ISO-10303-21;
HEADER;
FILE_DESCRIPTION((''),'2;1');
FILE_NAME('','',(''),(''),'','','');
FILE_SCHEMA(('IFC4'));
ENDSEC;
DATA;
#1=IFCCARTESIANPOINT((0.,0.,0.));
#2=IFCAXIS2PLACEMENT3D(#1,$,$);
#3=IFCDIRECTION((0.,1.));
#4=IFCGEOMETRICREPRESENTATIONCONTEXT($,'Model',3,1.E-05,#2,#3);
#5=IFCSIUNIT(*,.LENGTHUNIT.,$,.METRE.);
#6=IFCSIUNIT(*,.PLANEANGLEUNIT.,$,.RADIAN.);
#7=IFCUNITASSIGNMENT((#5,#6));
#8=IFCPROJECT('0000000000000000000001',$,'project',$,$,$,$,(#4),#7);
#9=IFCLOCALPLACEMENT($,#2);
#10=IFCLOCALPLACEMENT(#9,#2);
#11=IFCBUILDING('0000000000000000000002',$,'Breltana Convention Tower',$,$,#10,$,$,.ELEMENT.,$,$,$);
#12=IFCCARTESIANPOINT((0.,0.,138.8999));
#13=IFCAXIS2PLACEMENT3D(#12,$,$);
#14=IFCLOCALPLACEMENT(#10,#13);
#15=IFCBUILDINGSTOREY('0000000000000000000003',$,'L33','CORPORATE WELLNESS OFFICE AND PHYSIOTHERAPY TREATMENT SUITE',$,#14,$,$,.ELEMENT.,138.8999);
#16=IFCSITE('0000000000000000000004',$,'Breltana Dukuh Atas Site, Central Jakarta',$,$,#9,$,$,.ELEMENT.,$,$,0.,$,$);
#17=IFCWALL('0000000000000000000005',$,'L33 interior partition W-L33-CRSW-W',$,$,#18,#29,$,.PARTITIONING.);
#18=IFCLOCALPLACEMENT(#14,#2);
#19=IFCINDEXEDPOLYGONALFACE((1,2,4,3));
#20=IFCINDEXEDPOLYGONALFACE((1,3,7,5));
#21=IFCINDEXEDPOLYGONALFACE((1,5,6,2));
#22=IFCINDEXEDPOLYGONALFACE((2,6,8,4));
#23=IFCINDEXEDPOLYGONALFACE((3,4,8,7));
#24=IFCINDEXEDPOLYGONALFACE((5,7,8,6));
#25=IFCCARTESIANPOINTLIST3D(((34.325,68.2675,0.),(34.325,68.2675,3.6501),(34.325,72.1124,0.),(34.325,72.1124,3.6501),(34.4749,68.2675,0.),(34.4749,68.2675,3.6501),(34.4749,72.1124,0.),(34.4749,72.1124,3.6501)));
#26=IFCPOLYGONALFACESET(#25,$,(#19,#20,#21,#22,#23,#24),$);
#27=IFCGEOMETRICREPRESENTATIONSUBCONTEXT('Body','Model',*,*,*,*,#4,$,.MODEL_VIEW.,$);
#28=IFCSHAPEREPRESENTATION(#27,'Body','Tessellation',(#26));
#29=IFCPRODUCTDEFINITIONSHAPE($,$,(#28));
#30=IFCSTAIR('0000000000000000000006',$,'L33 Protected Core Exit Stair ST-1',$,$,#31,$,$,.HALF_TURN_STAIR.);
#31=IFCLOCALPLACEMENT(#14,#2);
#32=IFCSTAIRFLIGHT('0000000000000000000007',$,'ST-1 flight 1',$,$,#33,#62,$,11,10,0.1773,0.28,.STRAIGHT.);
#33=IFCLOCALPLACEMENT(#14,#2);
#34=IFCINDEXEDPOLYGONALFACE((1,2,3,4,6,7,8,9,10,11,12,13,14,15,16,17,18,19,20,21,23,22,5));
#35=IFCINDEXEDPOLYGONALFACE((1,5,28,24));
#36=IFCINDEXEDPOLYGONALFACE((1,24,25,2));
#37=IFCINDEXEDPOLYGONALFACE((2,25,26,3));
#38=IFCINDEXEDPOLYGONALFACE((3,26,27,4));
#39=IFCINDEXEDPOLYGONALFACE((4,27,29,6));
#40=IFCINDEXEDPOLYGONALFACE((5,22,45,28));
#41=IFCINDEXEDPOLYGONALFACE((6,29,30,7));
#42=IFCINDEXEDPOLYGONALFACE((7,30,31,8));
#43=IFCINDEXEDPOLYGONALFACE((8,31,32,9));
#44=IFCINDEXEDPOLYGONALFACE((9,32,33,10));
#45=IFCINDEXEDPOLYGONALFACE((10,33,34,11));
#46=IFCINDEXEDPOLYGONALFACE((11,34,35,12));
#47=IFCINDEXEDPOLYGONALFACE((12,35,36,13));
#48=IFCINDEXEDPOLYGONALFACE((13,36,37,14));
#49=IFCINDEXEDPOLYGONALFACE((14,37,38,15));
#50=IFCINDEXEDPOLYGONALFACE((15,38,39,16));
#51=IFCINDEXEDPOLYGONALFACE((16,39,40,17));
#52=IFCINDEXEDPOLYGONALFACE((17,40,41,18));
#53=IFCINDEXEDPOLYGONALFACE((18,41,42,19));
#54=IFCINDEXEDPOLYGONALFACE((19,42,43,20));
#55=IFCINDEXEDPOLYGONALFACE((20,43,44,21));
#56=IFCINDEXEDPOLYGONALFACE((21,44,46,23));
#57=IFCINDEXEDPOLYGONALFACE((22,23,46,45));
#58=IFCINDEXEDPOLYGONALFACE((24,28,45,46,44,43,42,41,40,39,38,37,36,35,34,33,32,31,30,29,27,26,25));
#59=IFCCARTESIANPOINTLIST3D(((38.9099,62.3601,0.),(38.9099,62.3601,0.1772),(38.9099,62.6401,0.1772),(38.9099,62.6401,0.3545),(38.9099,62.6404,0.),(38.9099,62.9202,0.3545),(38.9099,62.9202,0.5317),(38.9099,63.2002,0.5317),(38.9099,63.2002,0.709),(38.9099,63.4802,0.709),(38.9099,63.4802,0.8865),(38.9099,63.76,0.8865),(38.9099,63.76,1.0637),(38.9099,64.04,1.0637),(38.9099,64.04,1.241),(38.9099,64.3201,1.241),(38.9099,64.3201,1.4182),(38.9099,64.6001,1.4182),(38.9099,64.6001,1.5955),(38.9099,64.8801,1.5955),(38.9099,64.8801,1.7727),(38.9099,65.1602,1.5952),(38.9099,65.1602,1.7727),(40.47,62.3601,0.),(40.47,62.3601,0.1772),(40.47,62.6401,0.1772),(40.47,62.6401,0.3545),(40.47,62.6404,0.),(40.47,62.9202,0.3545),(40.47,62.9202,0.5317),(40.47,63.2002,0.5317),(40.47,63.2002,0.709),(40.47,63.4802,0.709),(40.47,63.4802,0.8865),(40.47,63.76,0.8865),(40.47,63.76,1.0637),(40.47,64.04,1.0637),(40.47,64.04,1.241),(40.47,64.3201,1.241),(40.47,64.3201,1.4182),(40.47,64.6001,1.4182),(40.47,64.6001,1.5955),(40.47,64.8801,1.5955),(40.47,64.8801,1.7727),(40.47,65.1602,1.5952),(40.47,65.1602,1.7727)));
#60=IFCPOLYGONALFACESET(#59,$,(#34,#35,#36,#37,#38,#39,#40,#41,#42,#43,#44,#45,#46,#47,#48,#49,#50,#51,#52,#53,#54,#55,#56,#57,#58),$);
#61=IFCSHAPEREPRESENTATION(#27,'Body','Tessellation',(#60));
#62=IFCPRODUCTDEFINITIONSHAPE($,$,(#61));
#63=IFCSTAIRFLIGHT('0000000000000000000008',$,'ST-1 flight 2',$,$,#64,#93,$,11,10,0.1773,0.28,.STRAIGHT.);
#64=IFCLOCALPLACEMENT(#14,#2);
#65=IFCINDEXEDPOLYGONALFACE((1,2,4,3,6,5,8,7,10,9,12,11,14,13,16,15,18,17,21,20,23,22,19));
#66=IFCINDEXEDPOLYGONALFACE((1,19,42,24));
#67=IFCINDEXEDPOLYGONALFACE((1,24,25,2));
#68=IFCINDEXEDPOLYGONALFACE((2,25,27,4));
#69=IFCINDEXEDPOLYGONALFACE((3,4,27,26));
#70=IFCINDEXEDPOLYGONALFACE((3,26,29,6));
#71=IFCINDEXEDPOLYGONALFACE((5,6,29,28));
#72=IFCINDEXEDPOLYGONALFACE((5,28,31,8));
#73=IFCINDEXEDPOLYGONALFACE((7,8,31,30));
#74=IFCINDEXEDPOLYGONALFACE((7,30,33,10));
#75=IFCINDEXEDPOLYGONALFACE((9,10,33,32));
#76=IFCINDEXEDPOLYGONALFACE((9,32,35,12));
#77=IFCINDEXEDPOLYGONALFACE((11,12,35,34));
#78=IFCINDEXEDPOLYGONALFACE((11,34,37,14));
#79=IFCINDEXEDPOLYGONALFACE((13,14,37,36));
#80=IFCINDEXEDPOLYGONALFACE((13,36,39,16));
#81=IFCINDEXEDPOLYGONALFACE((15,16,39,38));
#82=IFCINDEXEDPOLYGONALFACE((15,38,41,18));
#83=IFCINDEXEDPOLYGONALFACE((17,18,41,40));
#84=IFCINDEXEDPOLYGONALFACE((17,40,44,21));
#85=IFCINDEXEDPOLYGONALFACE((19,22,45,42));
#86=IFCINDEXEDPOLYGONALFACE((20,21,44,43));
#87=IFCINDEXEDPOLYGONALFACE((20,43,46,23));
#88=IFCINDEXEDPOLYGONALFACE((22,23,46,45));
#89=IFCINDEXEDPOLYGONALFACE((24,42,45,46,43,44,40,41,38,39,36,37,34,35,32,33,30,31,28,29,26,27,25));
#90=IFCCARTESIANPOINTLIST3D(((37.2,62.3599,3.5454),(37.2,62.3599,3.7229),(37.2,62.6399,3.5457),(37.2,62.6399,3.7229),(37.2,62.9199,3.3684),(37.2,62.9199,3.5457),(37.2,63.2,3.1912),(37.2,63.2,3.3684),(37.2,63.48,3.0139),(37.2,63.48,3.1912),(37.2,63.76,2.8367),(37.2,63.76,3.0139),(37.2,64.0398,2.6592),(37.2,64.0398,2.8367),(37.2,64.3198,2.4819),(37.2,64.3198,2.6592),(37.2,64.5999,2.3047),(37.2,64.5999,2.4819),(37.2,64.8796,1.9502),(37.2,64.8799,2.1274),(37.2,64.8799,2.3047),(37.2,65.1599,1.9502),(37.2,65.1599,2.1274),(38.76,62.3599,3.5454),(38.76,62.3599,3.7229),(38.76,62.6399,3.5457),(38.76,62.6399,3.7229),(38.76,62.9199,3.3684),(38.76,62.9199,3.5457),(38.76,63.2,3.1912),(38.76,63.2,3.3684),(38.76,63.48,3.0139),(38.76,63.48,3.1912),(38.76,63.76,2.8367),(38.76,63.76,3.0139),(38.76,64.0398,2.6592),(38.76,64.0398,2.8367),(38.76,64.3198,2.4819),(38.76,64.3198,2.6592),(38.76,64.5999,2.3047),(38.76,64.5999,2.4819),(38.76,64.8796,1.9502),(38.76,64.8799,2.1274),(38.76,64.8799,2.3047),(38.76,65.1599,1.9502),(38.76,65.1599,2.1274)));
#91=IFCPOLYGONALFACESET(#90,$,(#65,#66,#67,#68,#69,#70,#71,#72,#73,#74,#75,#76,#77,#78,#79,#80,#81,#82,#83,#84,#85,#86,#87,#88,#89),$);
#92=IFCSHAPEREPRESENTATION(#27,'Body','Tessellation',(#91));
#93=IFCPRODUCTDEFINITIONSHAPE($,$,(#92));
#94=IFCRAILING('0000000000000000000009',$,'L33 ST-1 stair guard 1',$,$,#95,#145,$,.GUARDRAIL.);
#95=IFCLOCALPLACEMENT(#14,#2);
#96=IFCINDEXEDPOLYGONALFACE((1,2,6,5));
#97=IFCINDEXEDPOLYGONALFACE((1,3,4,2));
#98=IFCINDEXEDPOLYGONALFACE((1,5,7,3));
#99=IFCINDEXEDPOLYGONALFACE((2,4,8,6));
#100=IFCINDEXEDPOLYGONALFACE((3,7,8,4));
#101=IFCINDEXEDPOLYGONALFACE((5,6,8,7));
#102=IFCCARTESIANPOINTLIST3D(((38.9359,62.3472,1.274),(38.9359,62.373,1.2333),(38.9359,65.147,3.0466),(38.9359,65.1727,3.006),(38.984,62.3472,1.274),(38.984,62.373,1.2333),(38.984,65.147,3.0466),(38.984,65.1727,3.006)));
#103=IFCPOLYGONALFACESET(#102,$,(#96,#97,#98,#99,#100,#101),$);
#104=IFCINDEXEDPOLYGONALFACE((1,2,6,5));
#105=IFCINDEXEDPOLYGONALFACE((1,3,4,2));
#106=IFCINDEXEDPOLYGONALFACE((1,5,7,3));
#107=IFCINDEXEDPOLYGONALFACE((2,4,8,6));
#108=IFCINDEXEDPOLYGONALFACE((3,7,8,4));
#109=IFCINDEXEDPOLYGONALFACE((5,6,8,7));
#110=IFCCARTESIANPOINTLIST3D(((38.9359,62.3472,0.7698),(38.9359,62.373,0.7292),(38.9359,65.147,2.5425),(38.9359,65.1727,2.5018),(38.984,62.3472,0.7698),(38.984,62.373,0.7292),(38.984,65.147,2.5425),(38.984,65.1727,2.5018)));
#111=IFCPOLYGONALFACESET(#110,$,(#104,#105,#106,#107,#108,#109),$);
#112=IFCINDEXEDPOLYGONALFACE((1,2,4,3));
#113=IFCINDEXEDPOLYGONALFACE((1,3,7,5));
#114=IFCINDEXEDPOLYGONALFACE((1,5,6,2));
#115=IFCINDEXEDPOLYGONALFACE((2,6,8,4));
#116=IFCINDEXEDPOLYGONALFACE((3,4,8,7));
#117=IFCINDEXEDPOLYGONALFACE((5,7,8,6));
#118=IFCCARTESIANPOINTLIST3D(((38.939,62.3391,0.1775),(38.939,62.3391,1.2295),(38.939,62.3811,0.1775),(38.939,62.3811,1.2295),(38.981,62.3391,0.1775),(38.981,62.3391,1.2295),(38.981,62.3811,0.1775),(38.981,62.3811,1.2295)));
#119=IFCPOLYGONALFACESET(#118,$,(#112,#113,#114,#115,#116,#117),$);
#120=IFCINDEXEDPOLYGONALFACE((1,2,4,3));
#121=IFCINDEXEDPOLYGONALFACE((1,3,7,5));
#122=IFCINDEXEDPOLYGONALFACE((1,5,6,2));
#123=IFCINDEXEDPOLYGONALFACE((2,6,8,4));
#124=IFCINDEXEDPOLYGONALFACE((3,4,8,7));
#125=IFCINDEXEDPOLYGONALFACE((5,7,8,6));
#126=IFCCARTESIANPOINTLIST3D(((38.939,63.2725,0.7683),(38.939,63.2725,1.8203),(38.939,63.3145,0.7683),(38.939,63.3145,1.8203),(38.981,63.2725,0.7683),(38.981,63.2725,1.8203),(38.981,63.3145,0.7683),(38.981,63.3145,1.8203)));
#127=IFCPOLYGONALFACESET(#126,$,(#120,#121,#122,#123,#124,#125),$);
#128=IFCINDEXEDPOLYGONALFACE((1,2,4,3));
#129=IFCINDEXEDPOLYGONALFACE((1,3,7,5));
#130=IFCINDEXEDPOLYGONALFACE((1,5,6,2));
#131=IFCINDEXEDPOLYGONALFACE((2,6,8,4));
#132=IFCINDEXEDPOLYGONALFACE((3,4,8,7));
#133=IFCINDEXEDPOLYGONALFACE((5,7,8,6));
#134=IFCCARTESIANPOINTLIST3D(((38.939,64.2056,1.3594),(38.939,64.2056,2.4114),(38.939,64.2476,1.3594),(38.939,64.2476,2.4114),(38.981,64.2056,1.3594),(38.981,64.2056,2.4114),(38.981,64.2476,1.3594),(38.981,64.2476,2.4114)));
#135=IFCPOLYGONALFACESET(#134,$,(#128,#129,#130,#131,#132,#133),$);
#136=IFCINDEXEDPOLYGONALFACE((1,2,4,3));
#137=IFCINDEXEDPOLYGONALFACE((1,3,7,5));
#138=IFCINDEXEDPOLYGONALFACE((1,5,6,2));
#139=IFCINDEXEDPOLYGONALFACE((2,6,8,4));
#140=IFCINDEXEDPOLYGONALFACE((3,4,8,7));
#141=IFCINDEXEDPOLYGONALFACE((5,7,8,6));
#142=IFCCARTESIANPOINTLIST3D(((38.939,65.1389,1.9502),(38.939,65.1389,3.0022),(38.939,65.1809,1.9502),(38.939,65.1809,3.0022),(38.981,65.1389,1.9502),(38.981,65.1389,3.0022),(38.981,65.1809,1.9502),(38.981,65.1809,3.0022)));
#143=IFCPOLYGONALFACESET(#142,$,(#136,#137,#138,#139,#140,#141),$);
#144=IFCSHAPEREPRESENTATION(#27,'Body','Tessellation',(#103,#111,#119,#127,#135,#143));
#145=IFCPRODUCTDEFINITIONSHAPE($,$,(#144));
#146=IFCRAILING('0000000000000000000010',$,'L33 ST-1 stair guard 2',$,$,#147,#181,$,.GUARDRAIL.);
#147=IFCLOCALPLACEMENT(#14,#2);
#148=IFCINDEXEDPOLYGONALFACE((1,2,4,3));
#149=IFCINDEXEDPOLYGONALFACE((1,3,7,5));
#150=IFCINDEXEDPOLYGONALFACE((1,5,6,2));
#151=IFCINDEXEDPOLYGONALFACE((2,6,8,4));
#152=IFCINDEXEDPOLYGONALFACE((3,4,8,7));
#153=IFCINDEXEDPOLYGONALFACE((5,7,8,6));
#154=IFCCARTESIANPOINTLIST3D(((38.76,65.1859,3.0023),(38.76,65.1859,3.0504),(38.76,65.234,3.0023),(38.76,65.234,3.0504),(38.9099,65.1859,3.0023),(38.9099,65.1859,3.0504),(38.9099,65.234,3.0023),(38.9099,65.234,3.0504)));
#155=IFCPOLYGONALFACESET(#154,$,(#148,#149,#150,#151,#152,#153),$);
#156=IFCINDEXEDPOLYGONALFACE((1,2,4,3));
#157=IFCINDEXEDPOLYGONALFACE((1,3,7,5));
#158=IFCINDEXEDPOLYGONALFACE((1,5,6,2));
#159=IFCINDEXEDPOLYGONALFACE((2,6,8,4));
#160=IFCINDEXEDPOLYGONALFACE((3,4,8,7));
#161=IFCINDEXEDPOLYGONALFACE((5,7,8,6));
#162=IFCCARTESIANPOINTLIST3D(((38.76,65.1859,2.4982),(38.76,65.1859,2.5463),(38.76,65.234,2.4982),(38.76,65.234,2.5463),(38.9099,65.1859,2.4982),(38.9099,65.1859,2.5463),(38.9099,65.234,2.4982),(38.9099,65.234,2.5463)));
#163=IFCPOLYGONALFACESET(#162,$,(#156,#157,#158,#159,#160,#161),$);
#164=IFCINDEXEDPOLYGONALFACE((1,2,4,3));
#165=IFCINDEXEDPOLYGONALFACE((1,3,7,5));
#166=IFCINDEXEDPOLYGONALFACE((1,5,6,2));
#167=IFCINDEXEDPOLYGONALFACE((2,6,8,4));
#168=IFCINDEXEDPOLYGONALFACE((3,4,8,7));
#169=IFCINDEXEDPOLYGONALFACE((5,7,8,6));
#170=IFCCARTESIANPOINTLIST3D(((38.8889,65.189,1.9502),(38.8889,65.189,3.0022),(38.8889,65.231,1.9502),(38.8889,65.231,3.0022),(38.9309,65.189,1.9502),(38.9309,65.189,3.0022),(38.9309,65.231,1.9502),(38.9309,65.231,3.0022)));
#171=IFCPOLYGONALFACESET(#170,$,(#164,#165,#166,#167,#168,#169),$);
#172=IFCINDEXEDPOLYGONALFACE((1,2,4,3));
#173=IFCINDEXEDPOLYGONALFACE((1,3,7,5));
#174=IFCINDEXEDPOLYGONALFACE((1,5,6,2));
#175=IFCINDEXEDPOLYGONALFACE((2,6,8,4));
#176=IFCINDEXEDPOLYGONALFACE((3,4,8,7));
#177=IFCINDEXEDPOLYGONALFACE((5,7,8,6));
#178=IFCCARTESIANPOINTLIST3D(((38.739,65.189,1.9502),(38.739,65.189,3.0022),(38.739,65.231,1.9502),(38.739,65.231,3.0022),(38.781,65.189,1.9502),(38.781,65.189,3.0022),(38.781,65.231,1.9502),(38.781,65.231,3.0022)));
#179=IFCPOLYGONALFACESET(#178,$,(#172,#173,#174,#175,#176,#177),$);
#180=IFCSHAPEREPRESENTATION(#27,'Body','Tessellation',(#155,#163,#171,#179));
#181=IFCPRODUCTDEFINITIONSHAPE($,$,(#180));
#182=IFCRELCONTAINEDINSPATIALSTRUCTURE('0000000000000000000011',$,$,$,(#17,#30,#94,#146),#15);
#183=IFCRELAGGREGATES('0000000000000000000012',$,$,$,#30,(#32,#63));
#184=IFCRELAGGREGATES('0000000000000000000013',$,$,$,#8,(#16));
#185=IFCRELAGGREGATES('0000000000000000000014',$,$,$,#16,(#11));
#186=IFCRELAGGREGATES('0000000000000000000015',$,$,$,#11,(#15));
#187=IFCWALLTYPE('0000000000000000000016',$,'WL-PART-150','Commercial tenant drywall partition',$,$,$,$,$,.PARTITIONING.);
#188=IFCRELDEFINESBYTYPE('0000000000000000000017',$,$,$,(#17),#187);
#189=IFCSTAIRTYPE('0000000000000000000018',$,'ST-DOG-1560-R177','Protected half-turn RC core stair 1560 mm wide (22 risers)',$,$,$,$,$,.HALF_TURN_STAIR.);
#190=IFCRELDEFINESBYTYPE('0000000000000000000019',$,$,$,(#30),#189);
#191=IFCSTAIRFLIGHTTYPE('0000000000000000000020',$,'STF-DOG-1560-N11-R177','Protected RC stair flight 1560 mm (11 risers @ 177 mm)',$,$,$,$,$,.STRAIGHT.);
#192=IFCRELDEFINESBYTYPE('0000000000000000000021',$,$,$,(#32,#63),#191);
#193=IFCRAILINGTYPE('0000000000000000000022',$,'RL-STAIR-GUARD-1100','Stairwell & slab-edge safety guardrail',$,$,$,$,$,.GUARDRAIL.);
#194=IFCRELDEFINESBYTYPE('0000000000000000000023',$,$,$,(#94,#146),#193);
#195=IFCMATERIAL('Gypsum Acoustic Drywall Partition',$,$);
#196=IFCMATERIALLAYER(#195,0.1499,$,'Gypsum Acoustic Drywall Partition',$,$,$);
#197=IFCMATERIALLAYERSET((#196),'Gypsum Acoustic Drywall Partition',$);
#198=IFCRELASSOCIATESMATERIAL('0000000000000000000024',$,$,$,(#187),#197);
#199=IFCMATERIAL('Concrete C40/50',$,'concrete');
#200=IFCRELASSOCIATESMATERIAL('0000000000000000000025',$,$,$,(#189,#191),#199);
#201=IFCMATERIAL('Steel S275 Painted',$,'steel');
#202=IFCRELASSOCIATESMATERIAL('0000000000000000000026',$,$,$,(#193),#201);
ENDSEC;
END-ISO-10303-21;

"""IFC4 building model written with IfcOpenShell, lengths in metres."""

from ifc_helpers import new_model, si_unit, direction, frame, frame_2d, origin, origin_2d, place, context, subcontext, project, spatial, polyline, rectangle, outline, extrude, source, transform, mapped, material, layer, layer_set, type_object, element, aggregate, save


model = new_model("IFC4")

# Units and contexts
model_context = context("Model", 3, precision=1e-05, world=origin(), true_north=direction((0.0, 1.0)))
body_context = subcontext(model_context, "Body", "Model", "MODEL_VIEW")
ifc_project = project(units=[si_unit("LENGTHUNIT", "METRE"), si_unit("PLANEANGLEUNIT", "RADIAN")], contexts=[model_context])

# Site, building, storey
site_placement = place(None, origin())
site = spatial("IfcSite", under=ifc_project, at=site_placement, Name="Breltana Dukuh Atas Site, Central Jakarta", CompositionType="ELEMENT", RefElevation=0.0)
building_placement = place(site_placement, origin())
building = spatial("IfcBuilding", under=site, at=building_placement, Name="Breltana Convention Tower", CompositionType="ELEMENT")
storey_placement = place(building_placement, frame((0.0, 0.0, 138.8999)))
storey = spatial("IfcBuildingStorey", under=building, at=storey_placement, Name="L33", Description="CORPORATE WELLNESS OFFICE AND PHYSIOTHERAPY TREATMENT SUITE", CompositionType="ELEMENT", Elevation=138.8999)

# Shared definitions
ifc_material_1 = material(Name="Gypsum Acoustic Drywall Partition")
ifc_layer_1 = layer(ifc_material_1, 0.1499, Name="Gypsum Acoustic Drywall Partition")
ifc_layer_set_1 = layer_set([ifc_layer_1], Name="Gypsum Acoustic Drywall Partition")
wall_type_1 = type_object("IfcWallType", Name="WL-PART-150", Description="Commercial tenant drywall partition", PredefinedType="PARTITIONING", material=ifc_layer_set_1)

# Wall
shared_shape_1 = source(origin(), body_context, "Body", "SweptSolid", [
    extrude(rectangle(XDim=3.845, YDim=0.1499, at=frame_2d((1.9224, 0.0))), origin(), (0.0, 0.0, 1.0), 3.6501),
])
wall_1_placement = place(storey_placement, frame((34.3999, 68.2676, 0.0), z_axis=(0.0, 0.0, 1.0), x_axis=(0.0, 1.0, 0.0)))
element("IfcWall", 1, at=wall_1_placement, inside=storey, type_object=wall_type_1, Name="L33 interior partition W-L33-CRSW-W", PredefinedType="PARTITIONING", context=body_context, shape_type="MappedRepresentation", body=[
    mapped(shared_shape_1, transform((0.0, 0.0, 0.0), scale=1.0)),
])

# Stair, stair flights
ifc_material_2 = material(Name="Concrete C40/50", Category="concrete")
stair_type = type_object("IfcStairType", Name="ST-DOG-1560-R177", Description="Protected half-turn RC core stair 1560 mm wide (22 risers)", PredefinedType="HALF_TURN_STAIR", material=ifc_material_2)
stair_placement = place(storey_placement, origin())
stair = element("IfcStair", 2, at=stair_placement, inside=storey, type_object=stair_type, Name="L33 Protected Core Exit Stair ST-1", PredefinedType="HALF_TURN_STAIR")
stair_flight_type = type_object("IfcStairFlightType", Name="STF-DOG-1560-N11-R177", Description="Protected RC stair flight 1560 mm (11 risers @ 177 mm)", PredefinedType="STRAIGHT", material=ifc_material_2)
stair_flight_1_placement = place(storey_placement, frame((39.6899, 62.3601, 0.0), z_axis=(0.0, 0.0, 1.0), x_axis=(0.0, 1.0, 0.0)))
stair_flight_1 = element("IfcStairFlight", 3, at=stair_flight_1_placement, type_object=stair_flight_type, Name="ST-1 flight 1", NumberOfRisers=11, NumberOfTreads=10, PredefinedType="STRAIGHT", RiserHeight=0.1773, TreadLength=0.28, context=body_context, shape_type="SweptSolid", body=[
    extrude(outline(polyline([(0.0, 0.0), (0.0, 0.1772), (0.28, 0.1772), (0.28, 0.3545), (0.5601, 0.3545), (0.5601, 0.5317), (0.8401, 0.5317), (0.8401, 0.709), (1.1201, 0.709), (1.1201, 0.8865), (1.3999, 0.8865), (1.3999, 1.0637), (1.6799, 1.0637), (1.6799, 1.241), (1.96, 1.241), (1.96, 1.4182), (2.24, 1.4182), (2.24, 1.5955), (2.52, 1.5955), (2.52, 1.7727), (2.8, 1.7727), (2.8, 1.95), (2.8, 1.5952), (0.2803, 0.0), (0.0, 0.0)])), frame((0.0, 0.78, 0.0), z_axis=(0.0, -1.0, 0.0), x_axis=(1.0, 0.0, 0.0)), (0.0, 0.0, 1.0), 1.5601),
])
stair_flight_2_placement = place(storey_placement, frame((37.98, 65.1599, 1.9502), z_axis=(0.0, 0.0, 1.0), x_axis=(0.0, -1.0, 0.0)))
stair_flight_2 = element("IfcStairFlight", 4, at=stair_flight_2_placement, type_object=stair_flight_type, Name="ST-1 flight 2", NumberOfRisers=11, NumberOfTreads=10, PredefinedType="STRAIGHT", RiserHeight=0.1773, TreadLength=0.28, context=body_context, shape_type="SweptSolid", body=[
    extrude(outline(polyline([(0.0, 0.0), (0.0, 0.1772), (0.28, 0.1772), (0.28, 0.3545), (0.5601, 0.3545), (0.5601, 0.5317), (0.8401, 0.5317), (0.8401, 0.709), (1.1201, 0.709), (1.1201, 0.8865), (1.3999, 0.8865), (1.3999, 1.0637), (1.6799, 1.0637), (1.6799, 1.241), (1.96, 1.241), (1.96, 1.4182), (2.24, 1.4182), (2.24, 1.5955), (2.52, 1.5955), (2.52, 1.7727), (2.8, 1.7727), (2.8, 1.95), (2.8, 1.5952), (0.2803, 0.0), (0.0, 0.0)])), frame((0.0, 0.78, 0.0), z_axis=(0.0, -1.0, 0.0), x_axis=(1.0, 0.0, 0.0)), (0.0, 0.0, 1.0), 1.5601),
])
aggregate(stair, [stair_flight_1, stair_flight_2])

# Railings
ifc_material_3 = material(Name="Steel S275 Painted", Category="steel")
railing_type_1 = type_object("IfcRailingType", Name="RL-STAIR-GUARD-1100", Description="Stairwell & slab-edge safety guardrail", PredefinedType="GUARDRAIL", material=ifc_material_3)
railing_1_placement = place(storey_placement, frame((38.96, 62.3601, 0.1775)))
element("IfcRailing", 5, at=railing_1_placement, inside=storey, type_object=railing_type_1, Name="L33 ST-1 stair guard 1", PredefinedType="GUARDRAIL", context=body_context, shape_type="SweptSolid", body=[
    extrude(rectangle(XDim=0.0481, YDim=0.0481, at=origin_2d()), frame((0.0, 0.0, 1.0762), z_axis=(0.0, 0.844888, 0.534943), x_axis=(-1.0, 0.0, 0.0)), (0.0, 0.0, 1.0), 3.3137),
    extrude(rectangle(XDim=0.0481, YDim=0.0481, at=origin_2d()), frame((0.0, 0.0, 0.572), z_axis=(0.0, 0.844888, 0.534943), x_axis=(-1.0, 0.0, 0.0)), (0.0, 0.0, 1.0), 3.3137),
    extrude(rectangle(XDim=0.042, YDim=0.042, at=origin_2d()), origin(), (0.0, 0.0, 1.0), 1.052),
    extrude(rectangle(XDim=0.042, YDim=0.042, at=origin_2d()), frame((0.0, 0.9333, 0.5908)), (0.0, 0.0, 1.0), 1.052),
    extrude(rectangle(XDim=0.042, YDim=0.042, at=origin_2d()), frame((0.0, 1.8665, 1.1819)), (0.0, 0.0, 1.0), 1.052),
    extrude(rectangle(XDim=0.042, YDim=0.042, at=origin_2d()), frame((0.0, 2.7998, 1.7727)), (0.0, 0.0, 1.0), 1.052),
])
railing_2_placement = place(storey_placement, frame((38.9099, 65.21, 1.9502)))
element("IfcRailing", 6, at=railing_2_placement, inside=storey, type_object=railing_type_1, Name="L33 ST-1 stair guard 2", PredefinedType="GUARDRAIL", context=body_context, shape_type="SweptSolid", body=[
    extrude(rectangle(XDim=0.0481, YDim=0.0481, at=origin_2d()), frame((0.0, 0.0, 1.0762), z_axis=(-1.0, 0.0, 0.0), x_axis=(0.0, -1.0, 0.0)), (0.0, 0.0, 1.0), 0.1499),
    extrude(rectangle(XDim=0.0481, YDim=0.0481, at=origin_2d()), frame((0.0, 0.0, 0.572), z_axis=(-1.0, 0.0, 0.0), x_axis=(0.0, -1.0, 0.0)), (0.0, 0.0, 1.0), 0.1499),
    extrude(rectangle(XDim=0.042, YDim=0.042, at=origin_2d()), origin(), (0.0, 0.0, 1.0), 1.052),
    extrude(rectangle(XDim=0.042, YDim=0.042, at=origin_2d()), frame((-0.1499, 0.0, 0.0)), (0.0, 0.0, 1.0), 1.052),
])

save(model, "model.ifc")
